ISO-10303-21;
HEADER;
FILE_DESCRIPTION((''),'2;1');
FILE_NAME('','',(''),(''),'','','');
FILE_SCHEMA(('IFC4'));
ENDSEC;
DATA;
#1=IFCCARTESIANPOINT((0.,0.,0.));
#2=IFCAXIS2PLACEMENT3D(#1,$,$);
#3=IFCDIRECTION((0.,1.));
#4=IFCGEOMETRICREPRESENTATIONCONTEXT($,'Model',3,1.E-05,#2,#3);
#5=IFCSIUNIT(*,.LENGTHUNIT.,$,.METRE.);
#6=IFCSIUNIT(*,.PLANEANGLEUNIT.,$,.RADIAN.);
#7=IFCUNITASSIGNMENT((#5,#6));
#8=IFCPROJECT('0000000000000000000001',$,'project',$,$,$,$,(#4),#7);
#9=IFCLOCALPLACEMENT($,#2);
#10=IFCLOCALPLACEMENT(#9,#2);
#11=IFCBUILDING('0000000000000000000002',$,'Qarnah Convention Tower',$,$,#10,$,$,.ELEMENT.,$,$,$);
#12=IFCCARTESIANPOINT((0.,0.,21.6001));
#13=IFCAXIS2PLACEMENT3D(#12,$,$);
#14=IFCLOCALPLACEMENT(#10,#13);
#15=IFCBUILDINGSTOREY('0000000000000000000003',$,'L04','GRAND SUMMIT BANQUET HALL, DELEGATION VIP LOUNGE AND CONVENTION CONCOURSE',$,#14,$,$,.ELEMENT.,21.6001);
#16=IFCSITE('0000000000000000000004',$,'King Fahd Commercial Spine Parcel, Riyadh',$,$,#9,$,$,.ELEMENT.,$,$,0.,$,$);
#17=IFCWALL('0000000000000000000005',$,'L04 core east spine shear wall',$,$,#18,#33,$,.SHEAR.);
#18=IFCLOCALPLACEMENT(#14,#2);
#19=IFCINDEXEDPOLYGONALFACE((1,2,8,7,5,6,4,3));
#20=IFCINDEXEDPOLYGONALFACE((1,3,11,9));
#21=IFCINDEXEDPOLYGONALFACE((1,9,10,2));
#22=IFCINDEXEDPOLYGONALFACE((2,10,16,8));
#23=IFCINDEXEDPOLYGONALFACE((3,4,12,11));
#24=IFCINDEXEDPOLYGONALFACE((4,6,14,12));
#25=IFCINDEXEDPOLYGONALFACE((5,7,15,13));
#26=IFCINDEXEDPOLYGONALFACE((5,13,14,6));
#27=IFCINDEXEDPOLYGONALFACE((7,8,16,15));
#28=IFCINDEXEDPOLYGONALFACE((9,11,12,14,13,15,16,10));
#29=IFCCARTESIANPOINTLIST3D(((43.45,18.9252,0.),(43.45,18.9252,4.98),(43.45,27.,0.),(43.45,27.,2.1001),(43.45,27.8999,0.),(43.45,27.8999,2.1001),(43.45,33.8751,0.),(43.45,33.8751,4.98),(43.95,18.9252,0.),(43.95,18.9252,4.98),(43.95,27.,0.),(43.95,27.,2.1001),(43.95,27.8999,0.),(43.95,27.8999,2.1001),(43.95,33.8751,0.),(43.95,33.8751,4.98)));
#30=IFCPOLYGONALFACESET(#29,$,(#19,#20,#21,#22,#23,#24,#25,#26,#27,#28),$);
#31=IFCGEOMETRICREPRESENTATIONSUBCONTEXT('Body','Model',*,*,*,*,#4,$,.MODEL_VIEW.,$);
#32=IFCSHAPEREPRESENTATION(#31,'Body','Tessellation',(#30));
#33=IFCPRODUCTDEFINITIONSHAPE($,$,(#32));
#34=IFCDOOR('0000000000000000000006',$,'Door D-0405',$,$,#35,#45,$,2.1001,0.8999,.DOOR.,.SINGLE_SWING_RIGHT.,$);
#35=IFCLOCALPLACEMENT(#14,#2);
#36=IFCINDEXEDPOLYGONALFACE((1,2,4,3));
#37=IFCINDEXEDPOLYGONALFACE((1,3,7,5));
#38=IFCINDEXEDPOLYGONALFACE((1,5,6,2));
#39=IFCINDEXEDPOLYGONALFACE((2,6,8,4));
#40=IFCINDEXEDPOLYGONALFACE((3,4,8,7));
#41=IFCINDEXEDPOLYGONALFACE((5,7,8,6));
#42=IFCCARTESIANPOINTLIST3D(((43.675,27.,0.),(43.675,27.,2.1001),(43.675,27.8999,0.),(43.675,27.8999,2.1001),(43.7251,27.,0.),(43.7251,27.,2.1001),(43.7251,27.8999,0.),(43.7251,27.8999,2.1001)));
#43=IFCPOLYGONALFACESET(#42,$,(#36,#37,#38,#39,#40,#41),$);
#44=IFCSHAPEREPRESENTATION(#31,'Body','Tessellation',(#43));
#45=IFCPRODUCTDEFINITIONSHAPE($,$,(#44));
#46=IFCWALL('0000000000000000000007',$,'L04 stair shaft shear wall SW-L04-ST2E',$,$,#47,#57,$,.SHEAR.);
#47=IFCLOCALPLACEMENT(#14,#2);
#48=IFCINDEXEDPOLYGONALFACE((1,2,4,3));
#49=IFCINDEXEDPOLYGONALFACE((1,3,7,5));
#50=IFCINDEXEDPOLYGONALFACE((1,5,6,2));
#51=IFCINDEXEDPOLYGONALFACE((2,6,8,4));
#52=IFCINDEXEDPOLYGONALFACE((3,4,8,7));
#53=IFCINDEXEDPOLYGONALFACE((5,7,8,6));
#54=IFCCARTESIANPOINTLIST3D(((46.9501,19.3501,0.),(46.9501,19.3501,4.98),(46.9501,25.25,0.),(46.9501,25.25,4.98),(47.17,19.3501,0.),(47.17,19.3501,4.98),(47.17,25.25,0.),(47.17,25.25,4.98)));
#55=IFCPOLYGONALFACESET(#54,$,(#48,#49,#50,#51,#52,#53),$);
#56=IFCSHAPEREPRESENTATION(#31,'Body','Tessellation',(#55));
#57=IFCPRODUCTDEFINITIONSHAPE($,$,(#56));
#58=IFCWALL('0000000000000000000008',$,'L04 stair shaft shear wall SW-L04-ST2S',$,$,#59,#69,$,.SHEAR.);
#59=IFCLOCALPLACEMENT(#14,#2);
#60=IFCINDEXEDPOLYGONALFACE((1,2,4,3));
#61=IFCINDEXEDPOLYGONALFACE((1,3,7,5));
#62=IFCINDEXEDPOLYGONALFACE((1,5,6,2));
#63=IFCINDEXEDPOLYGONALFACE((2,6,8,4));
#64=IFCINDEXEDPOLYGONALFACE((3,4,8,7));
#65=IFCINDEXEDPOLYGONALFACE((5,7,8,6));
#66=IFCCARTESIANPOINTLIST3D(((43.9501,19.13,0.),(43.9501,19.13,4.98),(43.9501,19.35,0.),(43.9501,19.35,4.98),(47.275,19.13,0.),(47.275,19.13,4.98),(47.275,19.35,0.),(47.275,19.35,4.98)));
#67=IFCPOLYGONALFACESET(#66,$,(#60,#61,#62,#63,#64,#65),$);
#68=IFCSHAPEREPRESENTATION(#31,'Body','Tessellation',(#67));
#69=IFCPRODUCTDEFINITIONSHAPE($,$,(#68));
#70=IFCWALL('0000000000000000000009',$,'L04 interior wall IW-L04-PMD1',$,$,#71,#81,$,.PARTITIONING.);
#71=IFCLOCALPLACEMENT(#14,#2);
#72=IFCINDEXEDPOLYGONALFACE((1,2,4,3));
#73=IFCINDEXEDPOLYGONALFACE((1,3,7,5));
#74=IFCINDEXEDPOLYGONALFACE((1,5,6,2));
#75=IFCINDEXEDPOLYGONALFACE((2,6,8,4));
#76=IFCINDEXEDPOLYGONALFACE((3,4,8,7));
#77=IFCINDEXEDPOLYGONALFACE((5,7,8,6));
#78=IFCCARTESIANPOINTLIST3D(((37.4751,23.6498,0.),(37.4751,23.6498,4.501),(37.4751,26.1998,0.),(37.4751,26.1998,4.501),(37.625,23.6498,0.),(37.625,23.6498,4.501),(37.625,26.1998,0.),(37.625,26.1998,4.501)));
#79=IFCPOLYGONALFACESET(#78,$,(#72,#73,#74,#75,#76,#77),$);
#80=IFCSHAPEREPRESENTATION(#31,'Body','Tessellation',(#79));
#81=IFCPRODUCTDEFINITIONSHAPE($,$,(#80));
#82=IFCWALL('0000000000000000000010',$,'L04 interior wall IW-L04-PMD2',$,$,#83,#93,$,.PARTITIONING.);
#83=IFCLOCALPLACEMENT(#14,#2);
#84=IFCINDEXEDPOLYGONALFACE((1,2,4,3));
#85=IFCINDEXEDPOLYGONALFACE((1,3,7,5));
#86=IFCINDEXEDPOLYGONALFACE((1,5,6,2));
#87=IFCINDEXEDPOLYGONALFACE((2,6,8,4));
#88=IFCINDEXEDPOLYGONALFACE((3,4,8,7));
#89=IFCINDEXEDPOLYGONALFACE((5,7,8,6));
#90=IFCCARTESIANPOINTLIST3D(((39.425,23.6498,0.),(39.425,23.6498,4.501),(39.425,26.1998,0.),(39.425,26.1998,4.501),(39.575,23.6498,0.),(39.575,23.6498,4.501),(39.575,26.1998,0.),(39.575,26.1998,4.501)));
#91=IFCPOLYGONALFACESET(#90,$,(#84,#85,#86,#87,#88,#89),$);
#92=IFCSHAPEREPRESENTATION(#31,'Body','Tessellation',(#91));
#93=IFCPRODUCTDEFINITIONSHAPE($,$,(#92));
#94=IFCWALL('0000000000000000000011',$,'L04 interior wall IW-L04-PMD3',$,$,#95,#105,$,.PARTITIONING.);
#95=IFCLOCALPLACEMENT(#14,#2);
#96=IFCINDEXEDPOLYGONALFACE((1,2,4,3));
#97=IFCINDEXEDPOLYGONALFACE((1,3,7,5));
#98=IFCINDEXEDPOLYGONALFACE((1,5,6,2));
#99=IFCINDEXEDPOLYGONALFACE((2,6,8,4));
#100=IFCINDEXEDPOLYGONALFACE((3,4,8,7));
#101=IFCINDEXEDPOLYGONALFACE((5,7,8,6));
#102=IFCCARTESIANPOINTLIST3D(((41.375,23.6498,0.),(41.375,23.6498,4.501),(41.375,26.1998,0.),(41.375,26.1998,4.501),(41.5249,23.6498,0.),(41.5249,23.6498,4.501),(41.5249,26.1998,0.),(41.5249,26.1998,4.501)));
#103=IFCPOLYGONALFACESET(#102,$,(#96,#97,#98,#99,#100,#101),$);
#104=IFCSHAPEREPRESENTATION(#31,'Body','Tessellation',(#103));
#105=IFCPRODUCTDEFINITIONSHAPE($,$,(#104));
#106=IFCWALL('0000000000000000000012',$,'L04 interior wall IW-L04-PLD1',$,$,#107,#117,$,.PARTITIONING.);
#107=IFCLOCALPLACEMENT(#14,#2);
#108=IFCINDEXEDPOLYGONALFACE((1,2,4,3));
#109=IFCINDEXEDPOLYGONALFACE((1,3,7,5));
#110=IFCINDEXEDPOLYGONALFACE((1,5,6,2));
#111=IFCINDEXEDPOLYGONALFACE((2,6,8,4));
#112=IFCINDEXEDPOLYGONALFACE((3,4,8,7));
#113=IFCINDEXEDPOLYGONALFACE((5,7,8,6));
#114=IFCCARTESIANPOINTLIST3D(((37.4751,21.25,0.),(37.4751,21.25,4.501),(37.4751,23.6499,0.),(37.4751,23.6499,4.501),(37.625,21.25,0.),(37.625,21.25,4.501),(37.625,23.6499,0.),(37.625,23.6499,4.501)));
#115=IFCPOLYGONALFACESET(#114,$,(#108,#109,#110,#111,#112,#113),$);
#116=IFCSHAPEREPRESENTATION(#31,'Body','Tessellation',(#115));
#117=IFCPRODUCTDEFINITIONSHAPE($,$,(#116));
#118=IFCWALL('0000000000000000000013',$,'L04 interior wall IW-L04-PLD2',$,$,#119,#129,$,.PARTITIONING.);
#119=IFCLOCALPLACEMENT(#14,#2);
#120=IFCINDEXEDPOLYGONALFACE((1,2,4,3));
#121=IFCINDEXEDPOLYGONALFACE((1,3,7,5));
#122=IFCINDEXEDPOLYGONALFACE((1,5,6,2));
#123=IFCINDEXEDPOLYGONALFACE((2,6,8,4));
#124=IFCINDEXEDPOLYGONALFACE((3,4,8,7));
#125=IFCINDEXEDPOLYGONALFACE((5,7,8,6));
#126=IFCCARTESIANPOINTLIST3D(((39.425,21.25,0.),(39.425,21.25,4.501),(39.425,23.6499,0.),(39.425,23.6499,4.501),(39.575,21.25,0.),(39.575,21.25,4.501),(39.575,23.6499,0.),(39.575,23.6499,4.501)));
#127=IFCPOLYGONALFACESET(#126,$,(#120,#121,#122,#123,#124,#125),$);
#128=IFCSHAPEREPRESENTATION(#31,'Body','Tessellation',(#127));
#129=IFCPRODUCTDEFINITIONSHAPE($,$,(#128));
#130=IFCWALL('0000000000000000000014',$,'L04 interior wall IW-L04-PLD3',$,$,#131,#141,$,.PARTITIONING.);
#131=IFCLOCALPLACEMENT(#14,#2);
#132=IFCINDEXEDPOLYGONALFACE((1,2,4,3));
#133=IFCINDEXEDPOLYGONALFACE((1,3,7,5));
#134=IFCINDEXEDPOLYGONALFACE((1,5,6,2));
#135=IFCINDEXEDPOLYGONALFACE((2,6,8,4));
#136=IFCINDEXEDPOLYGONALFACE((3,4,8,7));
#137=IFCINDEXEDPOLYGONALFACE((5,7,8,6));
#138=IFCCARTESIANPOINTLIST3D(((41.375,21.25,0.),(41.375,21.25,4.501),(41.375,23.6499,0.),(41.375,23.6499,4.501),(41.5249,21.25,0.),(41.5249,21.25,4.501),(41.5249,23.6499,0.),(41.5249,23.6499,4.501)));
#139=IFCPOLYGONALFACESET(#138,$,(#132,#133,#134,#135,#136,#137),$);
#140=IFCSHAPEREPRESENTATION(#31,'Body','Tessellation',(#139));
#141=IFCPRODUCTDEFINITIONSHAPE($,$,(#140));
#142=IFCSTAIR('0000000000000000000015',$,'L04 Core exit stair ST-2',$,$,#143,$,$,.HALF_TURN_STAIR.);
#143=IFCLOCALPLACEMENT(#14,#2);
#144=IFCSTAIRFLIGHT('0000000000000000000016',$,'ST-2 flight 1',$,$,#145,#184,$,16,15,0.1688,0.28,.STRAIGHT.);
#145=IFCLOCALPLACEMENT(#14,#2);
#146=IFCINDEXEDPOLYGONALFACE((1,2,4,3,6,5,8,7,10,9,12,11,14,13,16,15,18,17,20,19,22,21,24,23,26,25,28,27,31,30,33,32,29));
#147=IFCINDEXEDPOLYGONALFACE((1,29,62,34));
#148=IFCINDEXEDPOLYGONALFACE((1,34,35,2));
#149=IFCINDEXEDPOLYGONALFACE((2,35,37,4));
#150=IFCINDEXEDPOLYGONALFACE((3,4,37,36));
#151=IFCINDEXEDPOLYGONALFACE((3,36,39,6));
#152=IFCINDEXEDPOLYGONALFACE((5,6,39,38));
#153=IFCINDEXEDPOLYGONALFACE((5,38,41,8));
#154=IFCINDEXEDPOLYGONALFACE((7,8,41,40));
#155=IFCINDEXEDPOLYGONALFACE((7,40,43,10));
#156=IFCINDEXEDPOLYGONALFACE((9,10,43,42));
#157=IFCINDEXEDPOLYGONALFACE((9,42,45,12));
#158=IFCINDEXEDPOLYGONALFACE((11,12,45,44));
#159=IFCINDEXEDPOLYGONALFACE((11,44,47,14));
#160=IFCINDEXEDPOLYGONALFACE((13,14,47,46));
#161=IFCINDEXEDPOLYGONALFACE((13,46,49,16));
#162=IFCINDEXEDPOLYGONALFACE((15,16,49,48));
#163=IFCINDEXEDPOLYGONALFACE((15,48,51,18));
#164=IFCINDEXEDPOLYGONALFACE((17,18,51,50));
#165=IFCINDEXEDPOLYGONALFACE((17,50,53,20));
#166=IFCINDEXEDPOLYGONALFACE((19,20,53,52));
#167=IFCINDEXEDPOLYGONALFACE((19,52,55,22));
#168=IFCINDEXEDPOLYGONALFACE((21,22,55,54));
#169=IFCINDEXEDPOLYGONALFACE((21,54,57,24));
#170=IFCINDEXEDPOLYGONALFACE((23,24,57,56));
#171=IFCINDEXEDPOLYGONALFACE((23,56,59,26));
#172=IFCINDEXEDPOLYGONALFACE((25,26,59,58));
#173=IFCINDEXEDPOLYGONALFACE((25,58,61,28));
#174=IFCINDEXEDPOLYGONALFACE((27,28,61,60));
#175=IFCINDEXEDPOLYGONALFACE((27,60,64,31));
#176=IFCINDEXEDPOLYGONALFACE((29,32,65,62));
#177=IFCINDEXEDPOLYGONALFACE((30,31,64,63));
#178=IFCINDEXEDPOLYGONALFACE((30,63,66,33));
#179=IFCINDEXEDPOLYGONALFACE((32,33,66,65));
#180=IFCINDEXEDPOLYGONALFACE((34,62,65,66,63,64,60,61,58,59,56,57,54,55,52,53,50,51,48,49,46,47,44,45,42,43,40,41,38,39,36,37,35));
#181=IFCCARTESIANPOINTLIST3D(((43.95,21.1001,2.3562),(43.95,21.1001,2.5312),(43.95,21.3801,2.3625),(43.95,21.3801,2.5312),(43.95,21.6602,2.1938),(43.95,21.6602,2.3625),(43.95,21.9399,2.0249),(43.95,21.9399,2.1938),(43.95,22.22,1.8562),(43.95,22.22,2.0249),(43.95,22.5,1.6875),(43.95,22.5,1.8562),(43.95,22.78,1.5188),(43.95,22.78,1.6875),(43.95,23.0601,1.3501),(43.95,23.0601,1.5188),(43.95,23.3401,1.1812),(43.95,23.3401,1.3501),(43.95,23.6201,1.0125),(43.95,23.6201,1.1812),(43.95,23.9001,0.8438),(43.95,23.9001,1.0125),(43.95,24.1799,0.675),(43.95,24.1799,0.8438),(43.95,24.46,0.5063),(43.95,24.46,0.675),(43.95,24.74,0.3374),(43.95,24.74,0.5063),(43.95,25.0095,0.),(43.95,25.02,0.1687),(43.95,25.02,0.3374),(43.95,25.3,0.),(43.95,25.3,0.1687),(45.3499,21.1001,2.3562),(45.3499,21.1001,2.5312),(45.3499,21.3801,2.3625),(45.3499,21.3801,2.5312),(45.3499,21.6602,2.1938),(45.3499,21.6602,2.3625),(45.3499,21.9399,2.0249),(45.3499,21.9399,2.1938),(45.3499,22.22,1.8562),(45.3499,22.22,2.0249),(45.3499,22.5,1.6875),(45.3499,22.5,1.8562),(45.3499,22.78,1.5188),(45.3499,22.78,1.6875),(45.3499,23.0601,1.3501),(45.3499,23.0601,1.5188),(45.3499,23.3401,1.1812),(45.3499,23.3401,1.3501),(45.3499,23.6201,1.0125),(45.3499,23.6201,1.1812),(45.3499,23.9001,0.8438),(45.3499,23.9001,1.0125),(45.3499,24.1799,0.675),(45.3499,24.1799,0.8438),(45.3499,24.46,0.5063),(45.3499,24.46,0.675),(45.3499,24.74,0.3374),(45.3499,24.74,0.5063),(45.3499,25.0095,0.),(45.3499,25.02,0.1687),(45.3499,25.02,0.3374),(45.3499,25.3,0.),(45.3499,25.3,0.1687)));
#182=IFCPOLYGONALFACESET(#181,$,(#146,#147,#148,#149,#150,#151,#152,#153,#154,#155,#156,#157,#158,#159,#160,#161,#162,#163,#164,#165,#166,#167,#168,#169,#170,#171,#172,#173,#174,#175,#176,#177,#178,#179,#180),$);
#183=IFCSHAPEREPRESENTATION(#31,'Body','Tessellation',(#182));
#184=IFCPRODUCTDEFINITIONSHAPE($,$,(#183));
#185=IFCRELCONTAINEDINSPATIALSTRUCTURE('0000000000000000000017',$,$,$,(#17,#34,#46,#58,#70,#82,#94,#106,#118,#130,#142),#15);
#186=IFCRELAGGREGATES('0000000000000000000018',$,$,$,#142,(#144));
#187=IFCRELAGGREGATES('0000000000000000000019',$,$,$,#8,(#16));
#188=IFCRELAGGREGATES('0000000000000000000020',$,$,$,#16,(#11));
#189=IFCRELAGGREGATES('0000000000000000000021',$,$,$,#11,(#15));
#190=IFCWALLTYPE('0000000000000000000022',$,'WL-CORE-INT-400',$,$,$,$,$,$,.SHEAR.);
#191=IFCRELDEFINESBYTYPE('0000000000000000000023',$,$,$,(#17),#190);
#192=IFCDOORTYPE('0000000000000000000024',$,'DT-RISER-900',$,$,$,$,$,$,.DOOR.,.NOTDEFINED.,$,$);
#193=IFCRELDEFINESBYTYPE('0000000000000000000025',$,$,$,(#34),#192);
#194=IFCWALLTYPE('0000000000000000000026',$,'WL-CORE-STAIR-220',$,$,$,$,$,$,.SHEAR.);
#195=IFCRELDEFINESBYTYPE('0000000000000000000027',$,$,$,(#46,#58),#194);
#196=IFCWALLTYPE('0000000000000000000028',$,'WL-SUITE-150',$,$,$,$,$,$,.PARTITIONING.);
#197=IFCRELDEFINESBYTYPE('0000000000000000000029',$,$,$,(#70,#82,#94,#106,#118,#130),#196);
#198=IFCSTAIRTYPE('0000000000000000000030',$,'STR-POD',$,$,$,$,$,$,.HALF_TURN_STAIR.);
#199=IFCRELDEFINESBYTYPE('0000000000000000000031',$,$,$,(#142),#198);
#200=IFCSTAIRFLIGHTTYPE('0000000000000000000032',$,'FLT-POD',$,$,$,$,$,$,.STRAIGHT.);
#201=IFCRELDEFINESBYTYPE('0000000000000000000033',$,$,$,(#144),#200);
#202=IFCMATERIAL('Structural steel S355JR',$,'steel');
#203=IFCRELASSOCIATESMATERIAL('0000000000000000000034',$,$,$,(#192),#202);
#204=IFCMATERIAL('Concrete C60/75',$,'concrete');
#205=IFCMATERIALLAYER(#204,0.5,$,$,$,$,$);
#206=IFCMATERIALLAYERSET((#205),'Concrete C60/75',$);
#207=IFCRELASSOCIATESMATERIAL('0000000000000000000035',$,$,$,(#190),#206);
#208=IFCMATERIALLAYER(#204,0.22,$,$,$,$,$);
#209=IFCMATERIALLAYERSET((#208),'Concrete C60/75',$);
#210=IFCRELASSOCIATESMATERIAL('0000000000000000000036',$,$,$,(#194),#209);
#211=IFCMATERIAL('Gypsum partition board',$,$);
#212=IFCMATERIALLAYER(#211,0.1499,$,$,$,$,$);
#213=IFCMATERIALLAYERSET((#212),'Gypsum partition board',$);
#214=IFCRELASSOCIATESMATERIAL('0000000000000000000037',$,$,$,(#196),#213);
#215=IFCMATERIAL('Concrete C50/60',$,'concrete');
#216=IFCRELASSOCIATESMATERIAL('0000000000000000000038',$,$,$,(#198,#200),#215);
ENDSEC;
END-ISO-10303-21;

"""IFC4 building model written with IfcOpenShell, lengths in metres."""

from ifc_helpers import new_model, si_unit, direction, frame, frame_2d, origin, place, context, subcontext, project, spatial, polyline, rectangle, outline, extrude, material, layer, layer_set, type_object, element, fill, aggregate, save


model = new_model("IFC4")

# Units and contexts
model_context = context("Model", 3, precision=1e-05, world=origin(), true_north=direction((0.0, 1.0)))
body_context = subcontext(model_context, "Body", "Model", "MODEL_VIEW")
ifc_project = project(units=[si_unit("LENGTHUNIT", "METRE"), si_unit("PLANEANGLEUNIT", "RADIAN")], contexts=[model_context])

# Site, building, storey
site_placement = place(None, origin())
site = spatial("IfcSite", under=ifc_project, at=site_placement, Name="King Fahd Commercial Spine Parcel, Riyadh", CompositionType="ELEMENT", RefElevation=0.0)
building_placement = place(site_placement, origin())
building = spatial("IfcBuilding", under=site, at=building_placement, Name="Qarnah Convention Tower", CompositionType="ELEMENT")
storey_placement = place(building_placement, frame((0.0, 0.0, 21.6001)))
storey = spatial("IfcBuildingStorey", under=building, at=storey_placement, Name="L04", Description="GRAND SUMMIT BANQUET HALL, DELEGATION VIP LOUNGE AND CONVENTION CONCOURSE", CompositionType="ELEMENT", Elevation=21.6001)

# Shared definitions
ifc_material_1 = material(Name="Structural steel S355JR", Category="steel")

# Shared definitions
ifc_material_2 = material(Name="Concrete C60/75", Category="concrete")
door_type_1 = type_object("IfcDoorType", Name="DT-RISER-900", OperationType="NOTDEFINED", PredefinedType="DOOR", material=ifc_material_1)

# Wall, opening, door
ifc_layer_1 = layer(ifc_material_2, 0.5)
ifc_layer_set_1 = layer_set([ifc_layer_1], Name="Concrete C60/75")
wall_type_1 = type_object("IfcWallType", Name="WL-CORE-INT-400", PredefinedType="SHEAR", material=ifc_layer_set_1)
wall_1_placement = place(storey_placement, frame((43.7, 18.925, 0.0), z_axis=(0.0, 0.0, 1.0), x_axis=(0.0, 1.0, 0.0)))
wall_1 = element("IfcWall", 1, at=wall_1_placement, inside=storey, type_object=wall_type_1, Name="L04 core east spine shear wall", PredefinedType="SHEAR", context=body_context, shape_type="SweptSolid", body=[
    extrude(rectangle(XDim=14.95, YDim=0.5, at=frame_2d((7.4751, 0.0))), origin(), (0.0, 0.0, 1.0), 4.98),
])
opening_1_placement = place(wall_1_placement, frame((8.075, 0.0, 0.0)))
opening_1 = element("IfcOpeningElement", 2, at=opening_1_placement, cuts=wall_1, PredefinedType="OPENING", context=body_context, shape_type="SweptSolid", body=[
    extrude(rectangle(XDim=0.8999, YDim=2.1001, at=frame_2d((0.45, 1.05))), frame((0.0, 0.26, 0.0), z_axis=(0.0, -1.0, 0.0), x_axis=(1.0, 0.0, 0.0)), (0.0, 0.0, 1.0), 0.52),
])
door_1_placement = place(opening_1_placement, origin())
door_1 = element("IfcDoor", 3, at=door_1_placement, inside=storey, type_object=door_type_1, Name="Door D-0405", OperationType="SINGLE_SWING_RIGHT", OverallHeight=2.1001, OverallWidth=0.8999, PredefinedType="DOOR", context=body_context, shape_type="SweptSolid", body=[
    extrude(rectangle(XDim=0.8999, YDim=2.1001, at=frame_2d((0.45, 1.05))), frame((0.0, 0.0249, 0.0), z_axis=(0.0, -1.0, 0.0), x_axis=(1.0, 0.0, 0.0)), (0.0, 0.0, 1.0), 0.05),
])
fill(opening_1, door_1)

# Walls
ifc_layer_2 = layer(ifc_material_2, 0.22)
ifc_layer_set_2 = layer_set([ifc_layer_2], Name="Concrete C60/75")
wall_type_2 = type_object("IfcWallType", Name="WL-CORE-STAIR-220", PredefinedType="SHEAR", material=ifc_layer_set_2)
wall_2_placement = place(storey_placement, frame((47.0601, 19.3501, 0.0), z_axis=(0.0, 0.0, 1.0), x_axis=(0.0, 1.0, 0.0)))
element("IfcWall", 4, at=wall_2_placement, inside=storey, type_object=wall_type_2, Name="L04 stair shaft shear wall SW-L04-ST2E", PredefinedType="SHEAR", context=body_context, shape_type="SweptSolid", body=[
    extrude(rectangle(XDim=5.8999, YDim=0.22, at=frame_2d((2.95, 0.0))), origin(), (0.0, 0.0, 1.0), 4.98),
])
wall_3_placement = place(storey_placement, frame((43.95, 19.24, 0.0), z_axis=(0.0, 0.0, 1.0), x_axis=(1.0, 0.0, 0.0)))
element("IfcWall", 5, at=wall_3_placement, inside=storey, type_object=wall_type_2, Name="L04 stair shaft shear wall SW-L04-ST2S", PredefinedType="SHEAR", context=body_context, shape_type="SweptSolid", body=[
    extrude(rectangle(XDim=3.325, YDim=0.22, at=frame_2d((1.6626, 0.0))), origin(), (0.0, 0.0, 1.0), 4.98),
])
ifc_material_3 = material(Name="Gypsum partition board")
ifc_layer_3 = layer(ifc_material_3, 0.1499)
ifc_layer_set_3 = layer_set([ifc_layer_3], Name="Gypsum partition board")
wall_type_3 = type_object("IfcWallType", Name="WL-SUITE-150", PredefinedType="PARTITIONING", material=ifc_layer_set_3)
for number, where, z_axis, x_axis, name in (
    (6, (37.55, 23.6499, 0.0), (0.0, 0.0, 1.0), (0.0, 1.0, 0.0), "L04 interior wall IW-L04-PMD1"),
    (7, (39.5, 23.6499, 0.0), (0.0, 0.0, 1.0), (0.0, 1.0, 0.0), "L04 interior wall IW-L04-PMD2"),
    (8, (41.45, 23.6499, 0.0), (0.0, 0.0, 1.0), (0.0, 1.0, 0.0), "L04 interior wall IW-L04-PMD3"),
):
    element("IfcWall", number, at=place(storey_placement, frame(where, z_axis=z_axis, x_axis=x_axis)), inside=storey, type_object=wall_type_3, Name=name, PredefinedType="PARTITIONING", context=body_context, shape_type="SweptSolid", body=[
        extrude(rectangle(XDim=2.55, YDim=0.1499, at=frame_2d((1.2749, 0.0))), origin(), (0.0, 0.0, 1.0), 4.501),
    ])
for number, where, z_axis, x_axis, name in (
    (9, (37.55, 21.25, 0.0), (0.0, 0.0, 1.0), (0.0, 1.0, 0.0), "L04 interior wall IW-L04-PLD1"),
    (10, (39.5, 21.25, 0.0), (0.0, 0.0, 1.0), (0.0, 1.0, 0.0), "L04 interior wall IW-L04-PLD2"),
    (11, (41.45, 21.25, 0.0), (0.0, 0.0, 1.0), (0.0, 1.0, 0.0), "L04 interior wall IW-L04-PLD3"),
):
    element("IfcWall", number, at=place(storey_placement, frame(where, z_axis=z_axis, x_axis=x_axis)), inside=storey, type_object=wall_type_3, Name=name, PredefinedType="PARTITIONING", context=body_context, shape_type="SweptSolid", body=[
        extrude(rectangle(XDim=2.3999, YDim=0.1499, at=frame_2d((1.2, 0.0))), origin(), (0.0, 0.0, 1.0), 4.501),
    ])

# Stair, stair flight
ifc_material_4 = material(Name="Concrete C50/60", Category="concrete")
stair_type = type_object("IfcStairType", Name="STR-POD", PredefinedType="HALF_TURN_STAIR", material=ifc_material_4)
stair_placement = place(storey_placement, origin())
stair = element("IfcStair", 12, at=stair_placement, inside=storey, type_object=stair_type, Name="L04 Core exit stair ST-2", PredefinedType="HALF_TURN_STAIR")
stair_flight_type = type_object("IfcStairFlightType", Name="FLT-POD", PredefinedType="STRAIGHT", material=ifc_material_4)
stair_flight_1_placement = place(storey_placement, frame((44.6499, 25.3, 0.0), z_axis=(0.0, 0.0, 1.0), x_axis=(0.0, -1.0, 0.0)))
stair_flight_1 = element("IfcStairFlight", 13, at=stair_flight_1_placement, type_object=stair_flight_type, Name="ST-2 flight 1", NumberOfRisers=16, NumberOfTreads=15, PredefinedType="STRAIGHT", RiserHeight=0.1688, TreadLength=0.28, context=body_context, shape_type="SweptSolid", body=[
    extrude(outline(polyline([(0.0, 0.0), (0.0, 0.1687), (0.28, 0.1687), (0.28, 0.3374), (0.5601, 0.3374), (0.5601, 0.5063), (0.8401, 0.5063), (0.8401, 0.675), (1.1201, 0.675), (1.1201, 0.8438), (1.3999, 0.8438), (1.3999, 1.0125), (1.6799, 1.0125), (1.6799, 1.1812), (1.96, 1.1812), (1.96, 1.3501), (2.24, 1.3501), (2.24, 1.5188), (2.52, 1.5188), (2.52, 1.6875), (2.8, 1.6875), (2.8, 1.8562), (3.0801, 1.8562), (3.0801, 2.0249), (3.3601, 2.0249), (3.3601, 2.1938), (3.6399, 2.1938), (3.6399, 2.3625), (3.9199, 2.3625), (3.9199, 2.5312), (4.2, 2.5312), (4.2, 2.7), (4.2, 2.3562), (0.2905, 0.0), (0.0, 0.0)])), frame((0.0, 0.7, 0.0), z_axis=(0.0, -1.0, 0.0), x_axis=(1.0, 0.0, 0.0)), (0.0, 0.0, 1.0), 1.3999),
])
aggregate(stair, [stair_flight_1])

save(model, "model.ifc")
